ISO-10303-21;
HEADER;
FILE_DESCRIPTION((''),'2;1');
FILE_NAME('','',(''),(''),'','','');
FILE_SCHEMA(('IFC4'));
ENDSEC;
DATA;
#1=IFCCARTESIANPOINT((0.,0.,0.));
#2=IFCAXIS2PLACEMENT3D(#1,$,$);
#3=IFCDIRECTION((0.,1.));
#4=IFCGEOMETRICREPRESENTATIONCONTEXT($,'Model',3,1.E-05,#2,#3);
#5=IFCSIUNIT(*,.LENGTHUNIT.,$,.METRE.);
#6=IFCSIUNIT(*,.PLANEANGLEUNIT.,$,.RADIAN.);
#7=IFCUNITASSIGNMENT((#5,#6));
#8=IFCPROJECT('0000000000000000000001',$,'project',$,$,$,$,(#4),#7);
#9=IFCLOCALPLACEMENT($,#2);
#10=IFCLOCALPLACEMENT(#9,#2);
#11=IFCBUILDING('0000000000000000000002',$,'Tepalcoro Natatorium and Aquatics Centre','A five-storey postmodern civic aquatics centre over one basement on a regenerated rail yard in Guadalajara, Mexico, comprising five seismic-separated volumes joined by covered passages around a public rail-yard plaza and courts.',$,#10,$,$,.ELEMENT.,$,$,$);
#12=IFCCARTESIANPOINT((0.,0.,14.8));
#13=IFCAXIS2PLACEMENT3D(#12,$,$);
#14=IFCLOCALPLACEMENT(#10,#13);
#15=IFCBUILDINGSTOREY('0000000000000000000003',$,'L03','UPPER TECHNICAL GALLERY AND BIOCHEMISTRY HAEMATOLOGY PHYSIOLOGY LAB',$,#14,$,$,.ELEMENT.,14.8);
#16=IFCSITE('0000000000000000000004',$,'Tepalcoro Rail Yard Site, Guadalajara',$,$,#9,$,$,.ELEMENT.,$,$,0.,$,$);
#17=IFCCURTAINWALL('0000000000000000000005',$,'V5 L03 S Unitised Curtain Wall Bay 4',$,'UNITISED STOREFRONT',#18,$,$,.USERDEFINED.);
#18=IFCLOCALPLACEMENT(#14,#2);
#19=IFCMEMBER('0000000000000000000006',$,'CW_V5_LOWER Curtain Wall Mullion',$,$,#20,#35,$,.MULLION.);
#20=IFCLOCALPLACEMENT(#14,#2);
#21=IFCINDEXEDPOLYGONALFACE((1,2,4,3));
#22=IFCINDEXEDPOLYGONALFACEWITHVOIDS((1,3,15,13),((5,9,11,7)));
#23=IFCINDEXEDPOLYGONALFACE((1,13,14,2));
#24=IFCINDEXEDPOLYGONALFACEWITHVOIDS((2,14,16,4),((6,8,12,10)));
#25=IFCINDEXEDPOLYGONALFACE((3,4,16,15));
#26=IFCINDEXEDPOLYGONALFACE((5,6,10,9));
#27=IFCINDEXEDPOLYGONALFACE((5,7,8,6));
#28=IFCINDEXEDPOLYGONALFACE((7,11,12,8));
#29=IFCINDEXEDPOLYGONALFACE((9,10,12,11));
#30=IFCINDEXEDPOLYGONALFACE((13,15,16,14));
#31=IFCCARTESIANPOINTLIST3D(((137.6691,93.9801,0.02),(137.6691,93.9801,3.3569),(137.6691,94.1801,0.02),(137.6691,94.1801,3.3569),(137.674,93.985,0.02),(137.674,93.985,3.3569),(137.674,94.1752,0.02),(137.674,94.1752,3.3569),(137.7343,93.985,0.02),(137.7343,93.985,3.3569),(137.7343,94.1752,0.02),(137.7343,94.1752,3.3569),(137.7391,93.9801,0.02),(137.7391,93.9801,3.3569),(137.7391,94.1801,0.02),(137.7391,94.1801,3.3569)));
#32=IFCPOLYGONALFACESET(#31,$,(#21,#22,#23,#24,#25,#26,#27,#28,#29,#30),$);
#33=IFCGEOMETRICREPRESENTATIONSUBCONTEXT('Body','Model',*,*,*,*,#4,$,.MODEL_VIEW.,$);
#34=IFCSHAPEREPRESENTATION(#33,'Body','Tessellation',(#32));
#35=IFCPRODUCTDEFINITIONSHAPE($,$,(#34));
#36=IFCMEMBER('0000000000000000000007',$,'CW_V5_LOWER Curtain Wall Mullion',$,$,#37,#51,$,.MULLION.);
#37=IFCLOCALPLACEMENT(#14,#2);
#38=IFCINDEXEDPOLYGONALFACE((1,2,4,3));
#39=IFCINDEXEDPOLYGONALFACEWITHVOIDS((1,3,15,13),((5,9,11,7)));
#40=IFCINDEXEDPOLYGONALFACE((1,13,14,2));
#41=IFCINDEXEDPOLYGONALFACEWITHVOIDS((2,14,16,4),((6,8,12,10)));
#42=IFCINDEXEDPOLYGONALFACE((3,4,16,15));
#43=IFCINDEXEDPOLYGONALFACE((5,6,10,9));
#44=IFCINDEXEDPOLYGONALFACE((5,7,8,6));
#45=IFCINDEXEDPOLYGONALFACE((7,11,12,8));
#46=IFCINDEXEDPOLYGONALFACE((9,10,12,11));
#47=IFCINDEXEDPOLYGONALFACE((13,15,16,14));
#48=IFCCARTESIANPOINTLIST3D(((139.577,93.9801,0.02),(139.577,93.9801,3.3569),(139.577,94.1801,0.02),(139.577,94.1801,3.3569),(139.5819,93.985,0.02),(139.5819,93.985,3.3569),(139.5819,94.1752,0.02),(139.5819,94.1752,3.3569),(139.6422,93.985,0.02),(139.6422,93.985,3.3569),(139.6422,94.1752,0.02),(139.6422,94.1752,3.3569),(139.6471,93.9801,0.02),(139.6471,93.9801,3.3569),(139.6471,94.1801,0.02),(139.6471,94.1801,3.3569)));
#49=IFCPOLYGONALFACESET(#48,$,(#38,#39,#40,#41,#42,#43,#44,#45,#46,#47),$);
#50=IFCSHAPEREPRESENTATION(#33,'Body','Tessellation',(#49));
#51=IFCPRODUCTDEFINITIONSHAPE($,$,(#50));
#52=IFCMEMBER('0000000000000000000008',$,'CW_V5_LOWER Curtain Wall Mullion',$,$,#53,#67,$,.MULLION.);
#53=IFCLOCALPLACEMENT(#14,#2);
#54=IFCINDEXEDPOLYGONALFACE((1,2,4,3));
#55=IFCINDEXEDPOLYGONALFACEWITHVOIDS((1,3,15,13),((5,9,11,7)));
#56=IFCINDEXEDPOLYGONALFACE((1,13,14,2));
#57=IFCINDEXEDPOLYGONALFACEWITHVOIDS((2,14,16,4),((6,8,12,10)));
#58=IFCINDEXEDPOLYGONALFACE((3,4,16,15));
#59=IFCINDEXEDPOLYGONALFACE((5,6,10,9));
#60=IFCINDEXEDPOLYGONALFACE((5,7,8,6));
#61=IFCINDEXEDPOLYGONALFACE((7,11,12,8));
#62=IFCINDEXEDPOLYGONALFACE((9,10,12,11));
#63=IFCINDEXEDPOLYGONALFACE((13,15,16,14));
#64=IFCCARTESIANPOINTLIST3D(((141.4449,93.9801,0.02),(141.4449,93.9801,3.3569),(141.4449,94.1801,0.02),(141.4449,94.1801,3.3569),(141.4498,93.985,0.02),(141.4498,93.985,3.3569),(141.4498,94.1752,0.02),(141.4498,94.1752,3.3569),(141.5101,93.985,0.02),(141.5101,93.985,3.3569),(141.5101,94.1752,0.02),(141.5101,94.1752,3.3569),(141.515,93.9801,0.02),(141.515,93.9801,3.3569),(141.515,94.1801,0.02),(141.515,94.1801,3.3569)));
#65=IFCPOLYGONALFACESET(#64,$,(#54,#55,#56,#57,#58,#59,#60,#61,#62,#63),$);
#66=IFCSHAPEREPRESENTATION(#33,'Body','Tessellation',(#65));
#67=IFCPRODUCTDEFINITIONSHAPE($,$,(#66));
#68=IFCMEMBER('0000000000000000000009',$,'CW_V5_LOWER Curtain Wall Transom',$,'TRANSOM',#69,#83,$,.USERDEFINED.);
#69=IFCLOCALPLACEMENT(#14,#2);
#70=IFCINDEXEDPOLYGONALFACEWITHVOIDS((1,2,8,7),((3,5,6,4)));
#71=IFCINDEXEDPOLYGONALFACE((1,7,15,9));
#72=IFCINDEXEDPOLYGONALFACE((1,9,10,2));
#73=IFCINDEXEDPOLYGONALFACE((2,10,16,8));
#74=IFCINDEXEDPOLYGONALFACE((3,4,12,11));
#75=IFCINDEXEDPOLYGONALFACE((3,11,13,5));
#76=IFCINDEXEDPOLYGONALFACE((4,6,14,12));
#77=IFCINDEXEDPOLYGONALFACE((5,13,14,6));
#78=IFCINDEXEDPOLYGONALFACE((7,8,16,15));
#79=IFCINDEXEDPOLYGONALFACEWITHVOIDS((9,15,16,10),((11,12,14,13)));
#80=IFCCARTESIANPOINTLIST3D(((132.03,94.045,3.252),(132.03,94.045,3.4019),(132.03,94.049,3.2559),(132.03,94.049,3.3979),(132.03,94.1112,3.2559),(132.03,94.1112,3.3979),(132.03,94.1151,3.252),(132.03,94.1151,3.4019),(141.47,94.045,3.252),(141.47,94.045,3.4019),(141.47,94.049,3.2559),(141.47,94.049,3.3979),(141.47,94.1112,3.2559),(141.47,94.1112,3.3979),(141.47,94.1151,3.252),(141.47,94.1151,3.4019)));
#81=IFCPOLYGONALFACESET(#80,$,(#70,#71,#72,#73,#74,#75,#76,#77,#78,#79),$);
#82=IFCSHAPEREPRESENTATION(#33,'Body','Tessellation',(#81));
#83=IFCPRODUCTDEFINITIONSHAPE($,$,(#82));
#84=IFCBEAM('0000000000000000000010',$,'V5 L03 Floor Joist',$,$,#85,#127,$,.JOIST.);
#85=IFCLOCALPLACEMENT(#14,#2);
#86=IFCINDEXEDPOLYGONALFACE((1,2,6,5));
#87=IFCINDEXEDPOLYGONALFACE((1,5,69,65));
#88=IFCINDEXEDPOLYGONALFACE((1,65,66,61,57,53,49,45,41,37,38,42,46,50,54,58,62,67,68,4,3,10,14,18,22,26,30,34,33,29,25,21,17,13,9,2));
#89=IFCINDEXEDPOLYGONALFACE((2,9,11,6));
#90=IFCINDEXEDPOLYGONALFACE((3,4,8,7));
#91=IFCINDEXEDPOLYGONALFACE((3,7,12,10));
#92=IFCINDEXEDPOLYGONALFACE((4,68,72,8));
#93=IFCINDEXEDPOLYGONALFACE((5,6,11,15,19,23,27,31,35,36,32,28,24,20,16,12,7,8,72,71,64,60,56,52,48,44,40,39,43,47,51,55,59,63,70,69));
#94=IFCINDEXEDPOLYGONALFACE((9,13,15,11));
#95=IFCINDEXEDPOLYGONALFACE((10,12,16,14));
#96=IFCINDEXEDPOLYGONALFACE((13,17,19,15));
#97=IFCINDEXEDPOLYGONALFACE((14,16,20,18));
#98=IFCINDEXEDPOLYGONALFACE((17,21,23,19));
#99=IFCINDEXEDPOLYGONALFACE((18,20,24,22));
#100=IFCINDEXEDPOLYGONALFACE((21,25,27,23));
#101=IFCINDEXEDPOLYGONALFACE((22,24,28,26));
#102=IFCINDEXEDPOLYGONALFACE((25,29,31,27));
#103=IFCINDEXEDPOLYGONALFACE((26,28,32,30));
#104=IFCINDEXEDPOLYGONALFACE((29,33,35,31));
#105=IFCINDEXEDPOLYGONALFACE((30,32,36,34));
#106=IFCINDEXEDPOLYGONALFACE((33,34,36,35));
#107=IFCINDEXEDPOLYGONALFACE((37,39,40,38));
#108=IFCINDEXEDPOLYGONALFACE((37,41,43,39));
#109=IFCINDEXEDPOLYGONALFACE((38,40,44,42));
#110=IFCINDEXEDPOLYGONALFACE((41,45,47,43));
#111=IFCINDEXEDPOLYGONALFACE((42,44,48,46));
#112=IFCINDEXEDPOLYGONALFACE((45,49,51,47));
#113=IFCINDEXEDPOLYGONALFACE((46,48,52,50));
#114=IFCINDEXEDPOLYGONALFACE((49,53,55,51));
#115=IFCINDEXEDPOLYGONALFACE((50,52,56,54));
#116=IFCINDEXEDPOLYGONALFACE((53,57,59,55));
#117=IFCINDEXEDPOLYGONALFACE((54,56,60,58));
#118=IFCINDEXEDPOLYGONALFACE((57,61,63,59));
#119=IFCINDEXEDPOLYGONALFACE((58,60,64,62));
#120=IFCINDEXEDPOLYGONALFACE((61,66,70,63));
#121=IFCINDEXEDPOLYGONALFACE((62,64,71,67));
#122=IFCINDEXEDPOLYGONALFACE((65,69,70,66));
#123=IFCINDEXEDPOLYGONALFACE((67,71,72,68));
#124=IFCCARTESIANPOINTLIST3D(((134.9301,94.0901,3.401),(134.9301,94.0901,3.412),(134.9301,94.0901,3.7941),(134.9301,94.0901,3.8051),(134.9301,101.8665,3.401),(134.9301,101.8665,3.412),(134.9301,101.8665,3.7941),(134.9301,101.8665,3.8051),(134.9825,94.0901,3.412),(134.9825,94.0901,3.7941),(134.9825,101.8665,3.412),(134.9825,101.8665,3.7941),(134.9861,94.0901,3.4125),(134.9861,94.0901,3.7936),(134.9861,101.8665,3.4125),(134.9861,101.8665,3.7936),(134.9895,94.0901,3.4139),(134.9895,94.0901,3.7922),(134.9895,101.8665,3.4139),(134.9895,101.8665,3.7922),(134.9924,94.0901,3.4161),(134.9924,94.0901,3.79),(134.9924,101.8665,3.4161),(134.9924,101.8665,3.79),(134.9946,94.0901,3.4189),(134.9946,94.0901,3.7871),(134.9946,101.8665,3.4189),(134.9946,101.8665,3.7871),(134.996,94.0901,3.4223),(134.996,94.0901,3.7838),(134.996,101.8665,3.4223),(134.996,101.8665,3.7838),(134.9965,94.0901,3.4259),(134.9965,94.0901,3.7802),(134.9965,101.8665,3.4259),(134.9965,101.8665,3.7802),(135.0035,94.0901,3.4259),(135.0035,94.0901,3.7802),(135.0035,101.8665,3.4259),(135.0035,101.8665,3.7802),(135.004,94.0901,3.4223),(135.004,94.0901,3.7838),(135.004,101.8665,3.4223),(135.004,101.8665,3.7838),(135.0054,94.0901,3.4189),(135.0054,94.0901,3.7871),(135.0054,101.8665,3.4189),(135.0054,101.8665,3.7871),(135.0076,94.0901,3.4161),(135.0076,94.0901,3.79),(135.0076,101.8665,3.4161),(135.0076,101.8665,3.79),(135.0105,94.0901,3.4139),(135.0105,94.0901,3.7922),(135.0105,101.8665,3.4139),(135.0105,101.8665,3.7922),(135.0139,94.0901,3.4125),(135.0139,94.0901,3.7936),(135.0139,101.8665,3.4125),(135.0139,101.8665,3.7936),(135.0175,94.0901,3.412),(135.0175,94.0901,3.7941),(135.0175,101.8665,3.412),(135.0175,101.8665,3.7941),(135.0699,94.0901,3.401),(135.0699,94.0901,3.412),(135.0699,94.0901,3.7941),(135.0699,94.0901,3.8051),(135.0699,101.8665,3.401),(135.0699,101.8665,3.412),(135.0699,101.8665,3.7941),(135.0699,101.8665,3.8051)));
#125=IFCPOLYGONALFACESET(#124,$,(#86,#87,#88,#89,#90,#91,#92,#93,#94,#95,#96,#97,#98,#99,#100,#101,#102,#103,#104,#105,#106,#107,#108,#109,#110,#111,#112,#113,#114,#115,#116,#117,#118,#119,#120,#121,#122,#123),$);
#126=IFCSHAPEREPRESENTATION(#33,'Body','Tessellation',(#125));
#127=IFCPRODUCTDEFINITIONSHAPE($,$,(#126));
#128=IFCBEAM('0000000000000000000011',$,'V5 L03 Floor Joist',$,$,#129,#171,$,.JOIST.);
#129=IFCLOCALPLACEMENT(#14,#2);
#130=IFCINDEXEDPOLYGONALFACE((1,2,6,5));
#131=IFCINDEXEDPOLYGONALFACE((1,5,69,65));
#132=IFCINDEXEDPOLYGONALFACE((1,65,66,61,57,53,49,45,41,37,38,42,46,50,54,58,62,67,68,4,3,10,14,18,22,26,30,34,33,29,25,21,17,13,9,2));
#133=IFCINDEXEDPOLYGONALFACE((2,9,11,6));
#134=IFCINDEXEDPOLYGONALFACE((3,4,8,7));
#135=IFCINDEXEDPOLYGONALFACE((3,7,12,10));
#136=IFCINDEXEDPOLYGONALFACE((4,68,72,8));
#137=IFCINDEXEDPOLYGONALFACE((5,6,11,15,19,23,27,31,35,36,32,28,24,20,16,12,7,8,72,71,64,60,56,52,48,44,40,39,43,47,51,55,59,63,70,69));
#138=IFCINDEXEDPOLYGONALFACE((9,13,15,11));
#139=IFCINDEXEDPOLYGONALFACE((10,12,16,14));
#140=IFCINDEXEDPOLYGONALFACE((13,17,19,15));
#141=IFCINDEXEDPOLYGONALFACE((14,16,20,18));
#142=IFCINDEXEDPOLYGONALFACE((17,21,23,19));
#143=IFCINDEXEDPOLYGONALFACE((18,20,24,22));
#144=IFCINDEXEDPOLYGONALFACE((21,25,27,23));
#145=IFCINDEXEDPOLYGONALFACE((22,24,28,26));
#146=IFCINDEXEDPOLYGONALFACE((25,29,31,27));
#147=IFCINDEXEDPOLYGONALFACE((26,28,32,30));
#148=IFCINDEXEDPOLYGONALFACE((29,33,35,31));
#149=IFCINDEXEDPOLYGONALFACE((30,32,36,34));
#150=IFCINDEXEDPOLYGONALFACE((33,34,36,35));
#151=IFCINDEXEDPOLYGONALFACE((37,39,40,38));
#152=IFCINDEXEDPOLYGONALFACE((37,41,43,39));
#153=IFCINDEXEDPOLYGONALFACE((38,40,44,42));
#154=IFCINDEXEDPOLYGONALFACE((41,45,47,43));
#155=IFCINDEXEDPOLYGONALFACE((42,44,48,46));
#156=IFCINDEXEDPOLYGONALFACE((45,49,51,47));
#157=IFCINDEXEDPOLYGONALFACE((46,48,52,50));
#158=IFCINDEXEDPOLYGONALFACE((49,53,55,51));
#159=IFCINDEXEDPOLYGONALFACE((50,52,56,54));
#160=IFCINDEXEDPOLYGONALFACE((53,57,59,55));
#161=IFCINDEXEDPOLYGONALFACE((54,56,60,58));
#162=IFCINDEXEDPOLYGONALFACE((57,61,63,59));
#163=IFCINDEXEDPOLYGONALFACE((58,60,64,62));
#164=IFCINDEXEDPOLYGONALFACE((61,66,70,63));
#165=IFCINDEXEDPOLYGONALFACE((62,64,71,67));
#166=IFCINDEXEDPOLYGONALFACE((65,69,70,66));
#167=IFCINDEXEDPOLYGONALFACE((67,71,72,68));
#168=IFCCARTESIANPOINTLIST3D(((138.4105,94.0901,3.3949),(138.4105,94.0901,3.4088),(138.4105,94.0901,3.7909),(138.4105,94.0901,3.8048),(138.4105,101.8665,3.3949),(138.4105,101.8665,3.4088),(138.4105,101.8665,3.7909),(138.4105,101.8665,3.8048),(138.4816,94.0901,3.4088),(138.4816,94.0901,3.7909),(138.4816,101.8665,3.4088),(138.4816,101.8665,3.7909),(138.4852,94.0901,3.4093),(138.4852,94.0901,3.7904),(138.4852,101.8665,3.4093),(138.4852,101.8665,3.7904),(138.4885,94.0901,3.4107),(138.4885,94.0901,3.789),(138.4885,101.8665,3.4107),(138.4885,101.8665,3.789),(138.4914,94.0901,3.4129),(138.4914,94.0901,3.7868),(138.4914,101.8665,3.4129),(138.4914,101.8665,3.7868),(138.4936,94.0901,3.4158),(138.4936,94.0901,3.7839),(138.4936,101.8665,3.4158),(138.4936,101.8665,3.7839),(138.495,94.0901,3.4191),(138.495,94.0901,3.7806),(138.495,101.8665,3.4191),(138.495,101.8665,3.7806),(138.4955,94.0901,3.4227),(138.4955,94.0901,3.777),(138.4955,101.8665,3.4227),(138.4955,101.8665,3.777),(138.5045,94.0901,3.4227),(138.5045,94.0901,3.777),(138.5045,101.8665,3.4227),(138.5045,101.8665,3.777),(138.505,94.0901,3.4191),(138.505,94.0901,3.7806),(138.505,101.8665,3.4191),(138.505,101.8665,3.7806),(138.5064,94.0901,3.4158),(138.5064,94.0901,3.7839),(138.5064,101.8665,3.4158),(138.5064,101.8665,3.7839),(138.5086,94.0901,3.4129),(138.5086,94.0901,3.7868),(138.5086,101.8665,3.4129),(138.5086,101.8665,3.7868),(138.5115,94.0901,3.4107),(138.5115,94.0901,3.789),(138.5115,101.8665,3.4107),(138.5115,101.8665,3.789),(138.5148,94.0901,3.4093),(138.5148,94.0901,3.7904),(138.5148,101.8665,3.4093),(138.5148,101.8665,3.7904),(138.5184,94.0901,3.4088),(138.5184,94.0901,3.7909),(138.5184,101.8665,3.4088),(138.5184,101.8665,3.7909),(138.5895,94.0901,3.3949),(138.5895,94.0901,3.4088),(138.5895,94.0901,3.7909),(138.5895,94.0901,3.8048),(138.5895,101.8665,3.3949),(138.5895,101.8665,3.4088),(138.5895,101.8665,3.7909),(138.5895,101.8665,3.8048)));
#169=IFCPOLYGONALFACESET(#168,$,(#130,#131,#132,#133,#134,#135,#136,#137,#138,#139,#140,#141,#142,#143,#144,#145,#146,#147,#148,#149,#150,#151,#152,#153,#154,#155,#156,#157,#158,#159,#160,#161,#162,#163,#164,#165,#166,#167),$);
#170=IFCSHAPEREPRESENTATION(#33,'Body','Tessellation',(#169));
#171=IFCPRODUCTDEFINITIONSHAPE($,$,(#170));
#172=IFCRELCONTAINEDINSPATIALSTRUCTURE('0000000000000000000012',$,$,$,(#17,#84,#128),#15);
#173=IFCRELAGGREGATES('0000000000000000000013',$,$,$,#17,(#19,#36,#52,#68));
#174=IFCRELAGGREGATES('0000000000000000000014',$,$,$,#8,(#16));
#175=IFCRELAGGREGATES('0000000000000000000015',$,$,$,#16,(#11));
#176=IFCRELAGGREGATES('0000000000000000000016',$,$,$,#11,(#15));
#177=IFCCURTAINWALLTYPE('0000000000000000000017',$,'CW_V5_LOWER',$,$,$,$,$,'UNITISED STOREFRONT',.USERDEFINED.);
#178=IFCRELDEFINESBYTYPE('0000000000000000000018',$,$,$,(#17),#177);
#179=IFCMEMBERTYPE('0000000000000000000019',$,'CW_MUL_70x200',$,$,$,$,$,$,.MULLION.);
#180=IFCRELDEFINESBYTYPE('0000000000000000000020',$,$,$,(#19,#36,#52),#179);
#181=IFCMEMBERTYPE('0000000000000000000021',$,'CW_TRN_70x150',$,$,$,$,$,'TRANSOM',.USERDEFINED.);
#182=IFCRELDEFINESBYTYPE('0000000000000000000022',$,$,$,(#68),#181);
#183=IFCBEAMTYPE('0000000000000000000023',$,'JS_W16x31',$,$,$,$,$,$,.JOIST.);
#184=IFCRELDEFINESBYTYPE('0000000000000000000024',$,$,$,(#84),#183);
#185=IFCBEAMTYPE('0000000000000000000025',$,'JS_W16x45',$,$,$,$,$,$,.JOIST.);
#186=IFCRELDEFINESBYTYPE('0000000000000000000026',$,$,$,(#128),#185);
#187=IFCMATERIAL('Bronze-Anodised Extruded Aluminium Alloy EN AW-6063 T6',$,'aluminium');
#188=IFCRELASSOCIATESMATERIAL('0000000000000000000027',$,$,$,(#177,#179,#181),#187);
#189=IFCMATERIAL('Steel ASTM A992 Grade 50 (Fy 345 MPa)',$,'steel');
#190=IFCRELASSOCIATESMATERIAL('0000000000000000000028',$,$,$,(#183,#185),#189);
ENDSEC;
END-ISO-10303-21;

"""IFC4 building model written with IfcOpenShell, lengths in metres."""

from ifc_helpers import new_model, si_unit, direction, frame, origin, origin_2d, place, context, subcontext, project, spatial, hollow_rectangle, i_section, extrude, material, material_profile, profile_set, type_object, element, aggregate, save


model = new_model("IFC4")

# Units and contexts
model_context = context("Model", 3, precision=1e-05, world=origin(), true_north=direction((0.0, 1.0)))
body_context = subcontext(model_context, "Body", "Model", "MODEL_VIEW")
ifc_project = project(units=[si_unit("LENGTHUNIT", "METRE"), si_unit("PLANEANGLEUNIT", "RADIAN")], contexts=[model_context])

# Site, building, storey
site_placement = place(None, origin())
site = spatial("IfcSite", under=ifc_project, at=site_placement, Name="Tepalcoro Rail Yard Site, Guadalajara", CompositionType="ELEMENT", RefElevation=0.0)
building_placement = place(site_placement, origin())
building = spatial("IfcBuilding", under=site, at=building_placement, Name="Tepalcoro Natatorium and Aquatics Centre", Description="A five-storey postmodern civic aquatics centre over one basement on a regenerated rail yard in Guadalajara, Mexico, comprising five seismic-separated volumes joined by covered passages around a public rail-yard plaza and courts.", CompositionType="ELEMENT")
storey_placement = place(building_placement, frame((0.0, 0.0, 14.8)))
storey = spatial("IfcBuildingStorey", under=building, at=storey_placement, Name="L03", Description="UPPER TECHNICAL GALLERY AND BIOCHEMISTRY HAEMATOLOGY PHYSIOLOGY LAB", CompositionType="ELEMENT", Elevation=14.8)

# Shared definitions
ifc_material_1 = material(Name="Steel ASTM A992 Grade 50 (Fy 345 MPa)", Category="steel")

# Curtain wall, members
ifc_material_2 = material(Name="Bronze-Anodised Extruded Aluminium Alloy EN AW-6063 T6", Category="aluminium")
curtain_wall_type = type_object("IfcCurtainWallType", Name="CW_V5_LOWER", ElementType="UNITISED STOREFRONT", PredefinedType="USERDEFINED", material=ifc_material_2)
curtain_wall_placement = place(storey_placement, origin())
curtain_wall = element("IfcCurtainWall", 1, at=curtain_wall_placement, inside=storey, type_object=curtain_wall_type, Name="V5 L03 S Unitised Curtain Wall Bay 4", ObjectType="UNITISED STOREFRONT", PredefinedType="USERDEFINED")
ifc_material_profile_1 = material_profile(ifc_material_2, hollow_rectangle(XDim=0.0701, YDim=0.2, WallThickness=0.0049, at=origin_2d()), Name="AL70X200X5")
ifc_profile_set_1 = profile_set([ifc_material_profile_1], Name="Bronze-Anodised Extruded Aluminium Alloy EN AW-6063 T6")
member_type_1 = type_object("IfcMemberType", Name="CW_MUL_70x200", PredefinedType="MULLION", material=ifc_profile_set_1)
member_1_placement = place(storey_placement, frame((137.7041, 94.0801, 0.02), z_axis=(0.0, 0.0, 1.0), x_axis=(1.0, 0.0, 0.0)))
member_1 = element("IfcMember", 2, at=member_1_placement, type_object=member_type_1, Name="CW_V5_LOWER Curtain Wall Mullion", PredefinedType="MULLION", context=body_context, shape_type="SweptSolid", body=[
    extrude(hollow_rectangle(XDim=0.0701, YDim=0.2, WallThickness=0.0049, at=origin_2d()), origin(), (0.0, 0.0, 1.0), 3.3369),
])
member_2_placement = place(storey_placement, frame((139.6121, 94.0801, 0.02), z_axis=(0.0, 0.0, 1.0), x_axis=(1.0, 0.0, 0.0)))
member_2 = element("IfcMember", 3, at=member_2_placement, type_object=member_type_1, Name="CW_V5_LOWER Curtain Wall Mullion", PredefinedType="MULLION", context=body_context, shape_type="SweptSolid", body=[
    extrude(hollow_rectangle(XDim=0.0701, YDim=0.2, WallThickness=0.0049, at=origin_2d()), origin(), (0.0, 0.0, 1.0), 3.3369),
])
member_3_placement = place(storey_placement, frame((141.48, 94.0801, 0.02), z_axis=(0.0, 0.0, 1.0), x_axis=(1.0, 0.0, 0.0)))
member_3 = element("IfcMember", 4, at=member_3_placement, type_object=member_type_1, Name="CW_V5_LOWER Curtain Wall Mullion", PredefinedType="MULLION", context=body_context, shape_type="SweptSolid", body=[
    extrude(hollow_rectangle(XDim=0.0701, YDim=0.2, WallThickness=0.0049, at=origin_2d()), origin(), (0.0, 0.0, 1.0), 3.3369),
])
ifc_material_profile_2 = material_profile(ifc_material_2, hollow_rectangle(XDim=0.0701, YDim=0.1499, WallThickness=0.0039, at=origin_2d()), Name="AL70X150X4")
ifc_profile_set_2 = profile_set([ifc_material_profile_2], Name="Bronze-Anodised Extruded Aluminium Alloy EN AW-6063 T6")
member_type_2 = type_object("IfcMemberType", Name="CW_TRN_70x150", ElementType="TRANSOM", PredefinedType="USERDEFINED", material=ifc_profile_set_2)
member_4_placement = place(storey_placement, frame((132.03, 94.0801, 3.3269), z_axis=(1.0, 0.0, 0.0), x_axis=(0.0, 1.0, 0.0)))
member_4 = element("IfcMember", 5, at=member_4_placement, type_object=member_type_2, Name="CW_V5_LOWER Curtain Wall Transom", ObjectType="TRANSOM", PredefinedType="USERDEFINED", context=body_context, shape_type="SweptSolid", body=[
    extrude(hollow_rectangle(XDim=0.0701, YDim=0.1499, WallThickness=0.0039, at=origin_2d()), origin(), (0.0, 0.0, 1.0), 9.4399),
])

# Beams
ifc_material_profile_3 = material_profile(ifc_material_1, i_section(OverallWidth=0.1399, OverallDepth=0.4041, WebThickness=0.0071, FlangeThickness=0.011, FilletRadius=0.0139, at=origin_2d()), Name="W16X31")
ifc_profile_set_3 = profile_set([ifc_material_profile_3], Name="Steel ASTM A992 Grade 50 (Fy 345 MPa)")
beam_type_1 = type_object("IfcBeamType", Name="JS_W16x31", PredefinedType="JOIST", material=ifc_profile_set_3)
beam_1_placement = place(storey_placement, frame((135.0, 94.0901, 3.603), z_axis=(0.0, 1.0, 0.0), x_axis=(-1.0, 0.0, 0.0)))
element("IfcBeam", 6, at=beam_1_placement, inside=storey, type_object=beam_type_1, Name="V5 L03 Floor Joist", PredefinedType="JOIST", context=body_context, shape_type="SweptSolid", body=[
    extrude(i_section(OverallWidth=0.1399, OverallDepth=0.4041, WebThickness=0.0071, FlangeThickness=0.011, FilletRadius=0.0139, at=origin_2d()), origin(), (0.0, 0.0, 1.0), 7.7764),
])
ifc_material_profile_4 = material_profile(ifc_material_1, i_section(OverallWidth=0.179, OverallDepth=0.4099, WebThickness=0.009, FlangeThickness=0.0139, FilletRadius=0.0139, at=origin_2d()), Name="W16X45")
ifc_profile_set_4 = profile_set([ifc_material_profile_4], Name="Steel ASTM A992 Grade 50 (Fy 345 MPa)")
beam_type_2 = type_object("IfcBeamType", Name="JS_W16x45", PredefinedType="JOIST", material=ifc_profile_set_4)
beam_2_placement = place(storey_placement, frame((138.5, 94.0901, 3.5999), z_axis=(0.0, 1.0, 0.0), x_axis=(-1.0, 0.0, 0.0)))
element("IfcBeam", 7, at=beam_2_placement, inside=storey, type_object=beam_type_2, Name="V5 L03 Floor Joist", PredefinedType="JOIST", context=body_context, shape_type="SweptSolid", body=[
    extrude(i_section(OverallWidth=0.179, OverallDepth=0.4099, WebThickness=0.009, FlangeThickness=0.0139, FilletRadius=0.0139, at=origin_2d()), origin(), (0.0, 0.0, 1.0), 7.7764),
])

aggregate(curtain_wall, [member_1, member_2, member_3, member_4])

save(model, "model.ifc")
